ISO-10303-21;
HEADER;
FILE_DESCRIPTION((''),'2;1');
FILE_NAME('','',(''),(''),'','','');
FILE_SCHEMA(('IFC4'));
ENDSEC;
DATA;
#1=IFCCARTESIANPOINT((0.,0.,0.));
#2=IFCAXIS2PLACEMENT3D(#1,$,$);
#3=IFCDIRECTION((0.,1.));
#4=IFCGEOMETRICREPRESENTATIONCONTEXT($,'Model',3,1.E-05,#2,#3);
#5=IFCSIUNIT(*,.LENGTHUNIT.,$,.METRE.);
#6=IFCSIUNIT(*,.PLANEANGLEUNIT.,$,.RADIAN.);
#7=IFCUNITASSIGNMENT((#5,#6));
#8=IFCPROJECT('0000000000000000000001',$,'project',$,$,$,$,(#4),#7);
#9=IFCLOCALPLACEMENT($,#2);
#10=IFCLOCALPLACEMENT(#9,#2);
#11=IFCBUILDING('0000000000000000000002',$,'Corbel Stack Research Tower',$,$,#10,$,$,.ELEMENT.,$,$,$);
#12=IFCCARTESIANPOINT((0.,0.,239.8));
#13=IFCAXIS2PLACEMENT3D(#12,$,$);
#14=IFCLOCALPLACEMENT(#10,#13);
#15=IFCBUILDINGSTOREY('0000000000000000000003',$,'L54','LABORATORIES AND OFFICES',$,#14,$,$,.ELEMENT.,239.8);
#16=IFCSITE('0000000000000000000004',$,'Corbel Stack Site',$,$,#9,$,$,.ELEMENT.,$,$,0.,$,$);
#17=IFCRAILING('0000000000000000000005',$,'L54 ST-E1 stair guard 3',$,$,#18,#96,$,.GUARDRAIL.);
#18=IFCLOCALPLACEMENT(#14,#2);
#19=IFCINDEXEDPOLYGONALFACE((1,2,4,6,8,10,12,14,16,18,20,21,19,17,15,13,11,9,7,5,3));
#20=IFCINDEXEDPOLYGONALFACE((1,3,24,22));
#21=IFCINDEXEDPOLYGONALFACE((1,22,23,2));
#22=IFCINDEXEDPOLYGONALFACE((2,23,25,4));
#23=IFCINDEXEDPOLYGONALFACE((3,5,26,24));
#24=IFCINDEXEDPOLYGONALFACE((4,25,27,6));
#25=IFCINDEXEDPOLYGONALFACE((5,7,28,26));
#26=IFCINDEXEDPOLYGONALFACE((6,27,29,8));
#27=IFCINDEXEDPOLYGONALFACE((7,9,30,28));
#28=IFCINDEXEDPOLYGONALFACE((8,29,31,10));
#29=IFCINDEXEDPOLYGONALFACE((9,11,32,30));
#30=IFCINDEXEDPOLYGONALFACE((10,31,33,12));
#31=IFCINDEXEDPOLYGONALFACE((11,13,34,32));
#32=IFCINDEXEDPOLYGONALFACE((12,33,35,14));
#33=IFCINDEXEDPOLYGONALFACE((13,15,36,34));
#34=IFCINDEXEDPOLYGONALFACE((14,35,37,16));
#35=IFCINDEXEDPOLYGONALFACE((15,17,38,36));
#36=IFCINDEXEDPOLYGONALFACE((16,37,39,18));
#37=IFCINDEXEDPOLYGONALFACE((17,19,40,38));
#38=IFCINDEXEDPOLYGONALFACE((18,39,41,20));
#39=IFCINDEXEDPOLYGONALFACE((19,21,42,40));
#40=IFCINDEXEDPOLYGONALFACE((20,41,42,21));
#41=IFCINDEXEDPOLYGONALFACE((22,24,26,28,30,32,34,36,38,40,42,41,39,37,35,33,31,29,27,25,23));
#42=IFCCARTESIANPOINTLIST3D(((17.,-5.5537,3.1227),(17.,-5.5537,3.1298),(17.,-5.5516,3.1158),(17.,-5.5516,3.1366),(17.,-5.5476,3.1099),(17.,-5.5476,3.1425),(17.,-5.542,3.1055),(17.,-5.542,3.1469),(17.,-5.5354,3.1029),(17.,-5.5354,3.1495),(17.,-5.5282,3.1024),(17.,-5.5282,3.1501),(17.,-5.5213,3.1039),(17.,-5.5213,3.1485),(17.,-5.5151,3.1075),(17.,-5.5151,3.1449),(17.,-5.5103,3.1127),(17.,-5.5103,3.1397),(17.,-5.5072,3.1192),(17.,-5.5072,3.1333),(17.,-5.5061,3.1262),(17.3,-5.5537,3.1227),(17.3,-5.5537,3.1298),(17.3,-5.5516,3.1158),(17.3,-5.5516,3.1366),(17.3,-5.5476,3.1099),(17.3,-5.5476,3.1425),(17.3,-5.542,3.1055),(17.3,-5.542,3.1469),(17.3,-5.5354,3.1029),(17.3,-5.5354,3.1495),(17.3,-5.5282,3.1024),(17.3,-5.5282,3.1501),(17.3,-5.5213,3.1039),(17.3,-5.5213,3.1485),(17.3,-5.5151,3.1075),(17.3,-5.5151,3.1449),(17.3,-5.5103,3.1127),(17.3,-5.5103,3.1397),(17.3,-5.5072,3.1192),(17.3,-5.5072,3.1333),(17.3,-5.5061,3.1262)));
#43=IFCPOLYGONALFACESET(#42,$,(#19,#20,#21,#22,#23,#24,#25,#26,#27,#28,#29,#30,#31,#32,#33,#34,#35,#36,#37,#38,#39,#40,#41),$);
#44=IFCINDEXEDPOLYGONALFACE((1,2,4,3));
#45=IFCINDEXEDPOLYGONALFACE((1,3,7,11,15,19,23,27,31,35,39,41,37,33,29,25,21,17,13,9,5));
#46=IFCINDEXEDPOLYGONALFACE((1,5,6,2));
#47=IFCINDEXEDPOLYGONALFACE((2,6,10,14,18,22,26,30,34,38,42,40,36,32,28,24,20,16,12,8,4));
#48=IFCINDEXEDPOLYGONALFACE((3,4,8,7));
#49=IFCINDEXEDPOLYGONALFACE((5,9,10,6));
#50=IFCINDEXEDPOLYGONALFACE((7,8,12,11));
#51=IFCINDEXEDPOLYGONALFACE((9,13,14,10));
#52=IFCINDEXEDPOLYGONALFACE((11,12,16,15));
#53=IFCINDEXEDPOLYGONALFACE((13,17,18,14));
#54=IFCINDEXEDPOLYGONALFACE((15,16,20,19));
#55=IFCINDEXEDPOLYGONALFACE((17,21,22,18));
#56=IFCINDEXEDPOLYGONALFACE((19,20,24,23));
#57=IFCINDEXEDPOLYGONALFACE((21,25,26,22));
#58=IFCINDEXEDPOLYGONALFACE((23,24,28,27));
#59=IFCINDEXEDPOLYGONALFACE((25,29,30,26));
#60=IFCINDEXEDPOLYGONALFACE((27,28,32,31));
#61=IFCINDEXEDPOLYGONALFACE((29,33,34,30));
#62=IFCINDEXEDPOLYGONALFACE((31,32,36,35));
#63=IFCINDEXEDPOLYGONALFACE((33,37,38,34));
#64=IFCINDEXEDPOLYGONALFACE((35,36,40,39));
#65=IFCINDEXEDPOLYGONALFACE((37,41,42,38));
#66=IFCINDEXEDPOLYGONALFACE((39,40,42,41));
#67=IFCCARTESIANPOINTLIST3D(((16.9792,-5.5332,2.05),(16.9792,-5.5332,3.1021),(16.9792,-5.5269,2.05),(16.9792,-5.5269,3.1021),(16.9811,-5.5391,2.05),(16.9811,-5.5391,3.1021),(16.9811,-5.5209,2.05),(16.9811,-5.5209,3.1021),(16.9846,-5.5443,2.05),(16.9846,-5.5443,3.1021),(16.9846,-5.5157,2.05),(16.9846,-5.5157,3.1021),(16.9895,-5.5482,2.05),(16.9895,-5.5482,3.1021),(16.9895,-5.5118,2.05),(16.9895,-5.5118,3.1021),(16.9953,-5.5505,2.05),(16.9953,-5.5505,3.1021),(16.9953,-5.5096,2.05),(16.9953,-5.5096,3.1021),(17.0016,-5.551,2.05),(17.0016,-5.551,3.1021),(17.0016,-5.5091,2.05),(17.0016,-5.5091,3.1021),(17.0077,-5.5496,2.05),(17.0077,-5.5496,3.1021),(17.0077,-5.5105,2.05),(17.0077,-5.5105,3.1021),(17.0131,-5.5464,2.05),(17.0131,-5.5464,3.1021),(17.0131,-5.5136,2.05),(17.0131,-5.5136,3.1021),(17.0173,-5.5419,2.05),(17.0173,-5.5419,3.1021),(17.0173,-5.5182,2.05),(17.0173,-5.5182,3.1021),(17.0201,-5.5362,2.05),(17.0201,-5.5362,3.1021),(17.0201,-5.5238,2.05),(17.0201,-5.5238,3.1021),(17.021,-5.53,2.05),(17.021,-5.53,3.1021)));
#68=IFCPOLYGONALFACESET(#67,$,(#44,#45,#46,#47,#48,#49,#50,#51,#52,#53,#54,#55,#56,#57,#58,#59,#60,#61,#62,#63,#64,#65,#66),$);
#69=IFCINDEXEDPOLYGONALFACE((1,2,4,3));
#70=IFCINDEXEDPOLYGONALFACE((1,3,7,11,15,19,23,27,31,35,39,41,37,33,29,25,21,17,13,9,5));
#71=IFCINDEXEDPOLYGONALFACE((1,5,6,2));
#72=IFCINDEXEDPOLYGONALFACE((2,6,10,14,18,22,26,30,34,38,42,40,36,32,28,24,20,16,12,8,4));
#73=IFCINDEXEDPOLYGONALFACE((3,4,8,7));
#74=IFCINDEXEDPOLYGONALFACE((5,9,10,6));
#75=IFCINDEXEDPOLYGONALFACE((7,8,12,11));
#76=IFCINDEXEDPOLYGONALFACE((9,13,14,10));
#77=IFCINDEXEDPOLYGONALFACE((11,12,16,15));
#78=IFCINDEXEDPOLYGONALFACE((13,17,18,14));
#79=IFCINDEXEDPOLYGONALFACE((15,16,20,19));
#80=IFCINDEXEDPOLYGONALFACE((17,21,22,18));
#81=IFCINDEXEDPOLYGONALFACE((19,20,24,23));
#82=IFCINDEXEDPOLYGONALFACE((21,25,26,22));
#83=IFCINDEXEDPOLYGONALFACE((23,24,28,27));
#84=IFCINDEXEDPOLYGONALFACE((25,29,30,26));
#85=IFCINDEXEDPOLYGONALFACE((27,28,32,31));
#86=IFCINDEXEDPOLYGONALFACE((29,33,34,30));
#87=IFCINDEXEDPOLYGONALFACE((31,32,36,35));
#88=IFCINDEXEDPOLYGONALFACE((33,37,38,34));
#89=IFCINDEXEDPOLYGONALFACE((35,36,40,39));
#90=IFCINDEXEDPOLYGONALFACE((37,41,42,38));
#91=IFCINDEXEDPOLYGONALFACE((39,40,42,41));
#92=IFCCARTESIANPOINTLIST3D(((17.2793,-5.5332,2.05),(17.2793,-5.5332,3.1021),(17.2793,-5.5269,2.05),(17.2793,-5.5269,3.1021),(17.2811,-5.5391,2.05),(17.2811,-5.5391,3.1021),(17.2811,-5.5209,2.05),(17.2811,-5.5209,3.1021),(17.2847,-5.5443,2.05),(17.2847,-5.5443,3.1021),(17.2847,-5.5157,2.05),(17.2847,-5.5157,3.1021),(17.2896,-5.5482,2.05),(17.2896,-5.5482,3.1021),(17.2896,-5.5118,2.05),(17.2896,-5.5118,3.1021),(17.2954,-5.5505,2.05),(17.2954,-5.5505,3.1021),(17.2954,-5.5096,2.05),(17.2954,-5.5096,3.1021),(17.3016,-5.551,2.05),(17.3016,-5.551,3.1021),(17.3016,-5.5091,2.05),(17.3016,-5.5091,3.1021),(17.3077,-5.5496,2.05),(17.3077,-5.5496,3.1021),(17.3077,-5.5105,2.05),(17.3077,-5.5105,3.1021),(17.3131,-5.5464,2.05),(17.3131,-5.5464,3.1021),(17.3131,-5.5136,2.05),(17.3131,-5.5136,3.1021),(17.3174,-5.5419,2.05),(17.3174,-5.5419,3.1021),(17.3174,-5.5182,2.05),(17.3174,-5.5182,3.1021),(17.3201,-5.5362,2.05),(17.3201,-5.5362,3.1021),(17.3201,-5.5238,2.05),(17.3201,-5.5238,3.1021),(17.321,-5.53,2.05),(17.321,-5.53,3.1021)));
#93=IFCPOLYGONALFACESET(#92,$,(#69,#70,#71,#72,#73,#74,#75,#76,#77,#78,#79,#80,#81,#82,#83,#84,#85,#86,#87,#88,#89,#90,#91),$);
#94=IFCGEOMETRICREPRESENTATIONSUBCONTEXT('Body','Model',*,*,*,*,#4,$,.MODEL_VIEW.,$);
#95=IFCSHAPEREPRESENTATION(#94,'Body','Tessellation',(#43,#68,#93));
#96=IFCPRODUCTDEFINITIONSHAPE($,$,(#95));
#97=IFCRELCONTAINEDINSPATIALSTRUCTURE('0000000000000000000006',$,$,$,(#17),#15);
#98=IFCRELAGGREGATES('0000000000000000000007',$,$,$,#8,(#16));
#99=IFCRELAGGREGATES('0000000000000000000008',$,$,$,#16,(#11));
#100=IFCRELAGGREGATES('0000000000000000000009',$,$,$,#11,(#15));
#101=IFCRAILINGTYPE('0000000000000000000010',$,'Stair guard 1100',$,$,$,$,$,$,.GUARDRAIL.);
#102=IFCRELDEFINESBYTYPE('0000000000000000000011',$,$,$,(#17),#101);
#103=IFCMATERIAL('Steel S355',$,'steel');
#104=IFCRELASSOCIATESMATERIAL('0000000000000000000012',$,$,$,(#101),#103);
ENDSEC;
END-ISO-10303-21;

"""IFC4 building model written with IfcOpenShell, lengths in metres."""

from ifc_helpers import new_model, si_unit, direction, frame, origin, origin_2d, place, context, subcontext, project, spatial, circle, extrude, material, type_object, element, save


model = new_model("IFC4")

# Units and contexts
model_context = context("Model", 3, precision=1e-05, world=origin(), true_north=direction((0.0, 1.0)))
body_context = subcontext(model_context, "Body", "Model", "MODEL_VIEW")
ifc_project = project(units=[si_unit("LENGTHUNIT", "METRE"), si_unit("PLANEANGLEUNIT", "RADIAN")], contexts=[model_context])

# Site, building, storey
site_placement = place(None, origin())
site = spatial("IfcSite", under=ifc_project, at=site_placement, Name="Corbel Stack Site", CompositionType="ELEMENT", RefElevation=0.0)
building_placement = place(site_placement, origin())
building = spatial("IfcBuilding", under=site, at=building_placement, Name="Corbel Stack Research Tower", CompositionType="ELEMENT")
storey_placement = place(building_placement, frame((0.0, 0.0, 239.8)))
storey = spatial("IfcBuildingStorey", under=building, at=storey_placement, Name="L54", Description="LABORATORIES AND OFFICES", CompositionType="ELEMENT", Elevation=239.8)

# Railing
ifc_material_1 = material(Name="Steel S355", Category="steel")
railing_type_1 = type_object("IfcRailingType", Name="Stair guard 1100", PredefinedType="GUARDRAIL", material=ifc_material_1)
railing_1_placement = place(storey_placement, frame((17.0, -5.53, 2.05)))
element("IfcRailing", 1, at=railing_1_placement, inside=storey, type_object=railing_type_1, Name="L54 ST-E1 stair guard 3", PredefinedType="GUARDRAIL", context=body_context, shape_type="SweptSolid", body=[
    extrude(circle(Radius=0.0239, at=origin_2d()), frame((0.0, 0.0, 1.0762), z_axis=(1.0, 0.0, 0.0), x_axis=(0.0, 1.0, 0.0)), (0.0, 0.0, 1.0), 0.3),
    extrude(circle(Radius=0.021, at=origin_2d()), origin(), (0.0, 0.0, 1.0), 1.052),
    extrude(circle(Radius=0.021, at=origin_2d()), frame((0.3, 0.0, 0.0)), (0.0, 0.0, 1.0), 1.052),
])

save(model, "model.ifc")
